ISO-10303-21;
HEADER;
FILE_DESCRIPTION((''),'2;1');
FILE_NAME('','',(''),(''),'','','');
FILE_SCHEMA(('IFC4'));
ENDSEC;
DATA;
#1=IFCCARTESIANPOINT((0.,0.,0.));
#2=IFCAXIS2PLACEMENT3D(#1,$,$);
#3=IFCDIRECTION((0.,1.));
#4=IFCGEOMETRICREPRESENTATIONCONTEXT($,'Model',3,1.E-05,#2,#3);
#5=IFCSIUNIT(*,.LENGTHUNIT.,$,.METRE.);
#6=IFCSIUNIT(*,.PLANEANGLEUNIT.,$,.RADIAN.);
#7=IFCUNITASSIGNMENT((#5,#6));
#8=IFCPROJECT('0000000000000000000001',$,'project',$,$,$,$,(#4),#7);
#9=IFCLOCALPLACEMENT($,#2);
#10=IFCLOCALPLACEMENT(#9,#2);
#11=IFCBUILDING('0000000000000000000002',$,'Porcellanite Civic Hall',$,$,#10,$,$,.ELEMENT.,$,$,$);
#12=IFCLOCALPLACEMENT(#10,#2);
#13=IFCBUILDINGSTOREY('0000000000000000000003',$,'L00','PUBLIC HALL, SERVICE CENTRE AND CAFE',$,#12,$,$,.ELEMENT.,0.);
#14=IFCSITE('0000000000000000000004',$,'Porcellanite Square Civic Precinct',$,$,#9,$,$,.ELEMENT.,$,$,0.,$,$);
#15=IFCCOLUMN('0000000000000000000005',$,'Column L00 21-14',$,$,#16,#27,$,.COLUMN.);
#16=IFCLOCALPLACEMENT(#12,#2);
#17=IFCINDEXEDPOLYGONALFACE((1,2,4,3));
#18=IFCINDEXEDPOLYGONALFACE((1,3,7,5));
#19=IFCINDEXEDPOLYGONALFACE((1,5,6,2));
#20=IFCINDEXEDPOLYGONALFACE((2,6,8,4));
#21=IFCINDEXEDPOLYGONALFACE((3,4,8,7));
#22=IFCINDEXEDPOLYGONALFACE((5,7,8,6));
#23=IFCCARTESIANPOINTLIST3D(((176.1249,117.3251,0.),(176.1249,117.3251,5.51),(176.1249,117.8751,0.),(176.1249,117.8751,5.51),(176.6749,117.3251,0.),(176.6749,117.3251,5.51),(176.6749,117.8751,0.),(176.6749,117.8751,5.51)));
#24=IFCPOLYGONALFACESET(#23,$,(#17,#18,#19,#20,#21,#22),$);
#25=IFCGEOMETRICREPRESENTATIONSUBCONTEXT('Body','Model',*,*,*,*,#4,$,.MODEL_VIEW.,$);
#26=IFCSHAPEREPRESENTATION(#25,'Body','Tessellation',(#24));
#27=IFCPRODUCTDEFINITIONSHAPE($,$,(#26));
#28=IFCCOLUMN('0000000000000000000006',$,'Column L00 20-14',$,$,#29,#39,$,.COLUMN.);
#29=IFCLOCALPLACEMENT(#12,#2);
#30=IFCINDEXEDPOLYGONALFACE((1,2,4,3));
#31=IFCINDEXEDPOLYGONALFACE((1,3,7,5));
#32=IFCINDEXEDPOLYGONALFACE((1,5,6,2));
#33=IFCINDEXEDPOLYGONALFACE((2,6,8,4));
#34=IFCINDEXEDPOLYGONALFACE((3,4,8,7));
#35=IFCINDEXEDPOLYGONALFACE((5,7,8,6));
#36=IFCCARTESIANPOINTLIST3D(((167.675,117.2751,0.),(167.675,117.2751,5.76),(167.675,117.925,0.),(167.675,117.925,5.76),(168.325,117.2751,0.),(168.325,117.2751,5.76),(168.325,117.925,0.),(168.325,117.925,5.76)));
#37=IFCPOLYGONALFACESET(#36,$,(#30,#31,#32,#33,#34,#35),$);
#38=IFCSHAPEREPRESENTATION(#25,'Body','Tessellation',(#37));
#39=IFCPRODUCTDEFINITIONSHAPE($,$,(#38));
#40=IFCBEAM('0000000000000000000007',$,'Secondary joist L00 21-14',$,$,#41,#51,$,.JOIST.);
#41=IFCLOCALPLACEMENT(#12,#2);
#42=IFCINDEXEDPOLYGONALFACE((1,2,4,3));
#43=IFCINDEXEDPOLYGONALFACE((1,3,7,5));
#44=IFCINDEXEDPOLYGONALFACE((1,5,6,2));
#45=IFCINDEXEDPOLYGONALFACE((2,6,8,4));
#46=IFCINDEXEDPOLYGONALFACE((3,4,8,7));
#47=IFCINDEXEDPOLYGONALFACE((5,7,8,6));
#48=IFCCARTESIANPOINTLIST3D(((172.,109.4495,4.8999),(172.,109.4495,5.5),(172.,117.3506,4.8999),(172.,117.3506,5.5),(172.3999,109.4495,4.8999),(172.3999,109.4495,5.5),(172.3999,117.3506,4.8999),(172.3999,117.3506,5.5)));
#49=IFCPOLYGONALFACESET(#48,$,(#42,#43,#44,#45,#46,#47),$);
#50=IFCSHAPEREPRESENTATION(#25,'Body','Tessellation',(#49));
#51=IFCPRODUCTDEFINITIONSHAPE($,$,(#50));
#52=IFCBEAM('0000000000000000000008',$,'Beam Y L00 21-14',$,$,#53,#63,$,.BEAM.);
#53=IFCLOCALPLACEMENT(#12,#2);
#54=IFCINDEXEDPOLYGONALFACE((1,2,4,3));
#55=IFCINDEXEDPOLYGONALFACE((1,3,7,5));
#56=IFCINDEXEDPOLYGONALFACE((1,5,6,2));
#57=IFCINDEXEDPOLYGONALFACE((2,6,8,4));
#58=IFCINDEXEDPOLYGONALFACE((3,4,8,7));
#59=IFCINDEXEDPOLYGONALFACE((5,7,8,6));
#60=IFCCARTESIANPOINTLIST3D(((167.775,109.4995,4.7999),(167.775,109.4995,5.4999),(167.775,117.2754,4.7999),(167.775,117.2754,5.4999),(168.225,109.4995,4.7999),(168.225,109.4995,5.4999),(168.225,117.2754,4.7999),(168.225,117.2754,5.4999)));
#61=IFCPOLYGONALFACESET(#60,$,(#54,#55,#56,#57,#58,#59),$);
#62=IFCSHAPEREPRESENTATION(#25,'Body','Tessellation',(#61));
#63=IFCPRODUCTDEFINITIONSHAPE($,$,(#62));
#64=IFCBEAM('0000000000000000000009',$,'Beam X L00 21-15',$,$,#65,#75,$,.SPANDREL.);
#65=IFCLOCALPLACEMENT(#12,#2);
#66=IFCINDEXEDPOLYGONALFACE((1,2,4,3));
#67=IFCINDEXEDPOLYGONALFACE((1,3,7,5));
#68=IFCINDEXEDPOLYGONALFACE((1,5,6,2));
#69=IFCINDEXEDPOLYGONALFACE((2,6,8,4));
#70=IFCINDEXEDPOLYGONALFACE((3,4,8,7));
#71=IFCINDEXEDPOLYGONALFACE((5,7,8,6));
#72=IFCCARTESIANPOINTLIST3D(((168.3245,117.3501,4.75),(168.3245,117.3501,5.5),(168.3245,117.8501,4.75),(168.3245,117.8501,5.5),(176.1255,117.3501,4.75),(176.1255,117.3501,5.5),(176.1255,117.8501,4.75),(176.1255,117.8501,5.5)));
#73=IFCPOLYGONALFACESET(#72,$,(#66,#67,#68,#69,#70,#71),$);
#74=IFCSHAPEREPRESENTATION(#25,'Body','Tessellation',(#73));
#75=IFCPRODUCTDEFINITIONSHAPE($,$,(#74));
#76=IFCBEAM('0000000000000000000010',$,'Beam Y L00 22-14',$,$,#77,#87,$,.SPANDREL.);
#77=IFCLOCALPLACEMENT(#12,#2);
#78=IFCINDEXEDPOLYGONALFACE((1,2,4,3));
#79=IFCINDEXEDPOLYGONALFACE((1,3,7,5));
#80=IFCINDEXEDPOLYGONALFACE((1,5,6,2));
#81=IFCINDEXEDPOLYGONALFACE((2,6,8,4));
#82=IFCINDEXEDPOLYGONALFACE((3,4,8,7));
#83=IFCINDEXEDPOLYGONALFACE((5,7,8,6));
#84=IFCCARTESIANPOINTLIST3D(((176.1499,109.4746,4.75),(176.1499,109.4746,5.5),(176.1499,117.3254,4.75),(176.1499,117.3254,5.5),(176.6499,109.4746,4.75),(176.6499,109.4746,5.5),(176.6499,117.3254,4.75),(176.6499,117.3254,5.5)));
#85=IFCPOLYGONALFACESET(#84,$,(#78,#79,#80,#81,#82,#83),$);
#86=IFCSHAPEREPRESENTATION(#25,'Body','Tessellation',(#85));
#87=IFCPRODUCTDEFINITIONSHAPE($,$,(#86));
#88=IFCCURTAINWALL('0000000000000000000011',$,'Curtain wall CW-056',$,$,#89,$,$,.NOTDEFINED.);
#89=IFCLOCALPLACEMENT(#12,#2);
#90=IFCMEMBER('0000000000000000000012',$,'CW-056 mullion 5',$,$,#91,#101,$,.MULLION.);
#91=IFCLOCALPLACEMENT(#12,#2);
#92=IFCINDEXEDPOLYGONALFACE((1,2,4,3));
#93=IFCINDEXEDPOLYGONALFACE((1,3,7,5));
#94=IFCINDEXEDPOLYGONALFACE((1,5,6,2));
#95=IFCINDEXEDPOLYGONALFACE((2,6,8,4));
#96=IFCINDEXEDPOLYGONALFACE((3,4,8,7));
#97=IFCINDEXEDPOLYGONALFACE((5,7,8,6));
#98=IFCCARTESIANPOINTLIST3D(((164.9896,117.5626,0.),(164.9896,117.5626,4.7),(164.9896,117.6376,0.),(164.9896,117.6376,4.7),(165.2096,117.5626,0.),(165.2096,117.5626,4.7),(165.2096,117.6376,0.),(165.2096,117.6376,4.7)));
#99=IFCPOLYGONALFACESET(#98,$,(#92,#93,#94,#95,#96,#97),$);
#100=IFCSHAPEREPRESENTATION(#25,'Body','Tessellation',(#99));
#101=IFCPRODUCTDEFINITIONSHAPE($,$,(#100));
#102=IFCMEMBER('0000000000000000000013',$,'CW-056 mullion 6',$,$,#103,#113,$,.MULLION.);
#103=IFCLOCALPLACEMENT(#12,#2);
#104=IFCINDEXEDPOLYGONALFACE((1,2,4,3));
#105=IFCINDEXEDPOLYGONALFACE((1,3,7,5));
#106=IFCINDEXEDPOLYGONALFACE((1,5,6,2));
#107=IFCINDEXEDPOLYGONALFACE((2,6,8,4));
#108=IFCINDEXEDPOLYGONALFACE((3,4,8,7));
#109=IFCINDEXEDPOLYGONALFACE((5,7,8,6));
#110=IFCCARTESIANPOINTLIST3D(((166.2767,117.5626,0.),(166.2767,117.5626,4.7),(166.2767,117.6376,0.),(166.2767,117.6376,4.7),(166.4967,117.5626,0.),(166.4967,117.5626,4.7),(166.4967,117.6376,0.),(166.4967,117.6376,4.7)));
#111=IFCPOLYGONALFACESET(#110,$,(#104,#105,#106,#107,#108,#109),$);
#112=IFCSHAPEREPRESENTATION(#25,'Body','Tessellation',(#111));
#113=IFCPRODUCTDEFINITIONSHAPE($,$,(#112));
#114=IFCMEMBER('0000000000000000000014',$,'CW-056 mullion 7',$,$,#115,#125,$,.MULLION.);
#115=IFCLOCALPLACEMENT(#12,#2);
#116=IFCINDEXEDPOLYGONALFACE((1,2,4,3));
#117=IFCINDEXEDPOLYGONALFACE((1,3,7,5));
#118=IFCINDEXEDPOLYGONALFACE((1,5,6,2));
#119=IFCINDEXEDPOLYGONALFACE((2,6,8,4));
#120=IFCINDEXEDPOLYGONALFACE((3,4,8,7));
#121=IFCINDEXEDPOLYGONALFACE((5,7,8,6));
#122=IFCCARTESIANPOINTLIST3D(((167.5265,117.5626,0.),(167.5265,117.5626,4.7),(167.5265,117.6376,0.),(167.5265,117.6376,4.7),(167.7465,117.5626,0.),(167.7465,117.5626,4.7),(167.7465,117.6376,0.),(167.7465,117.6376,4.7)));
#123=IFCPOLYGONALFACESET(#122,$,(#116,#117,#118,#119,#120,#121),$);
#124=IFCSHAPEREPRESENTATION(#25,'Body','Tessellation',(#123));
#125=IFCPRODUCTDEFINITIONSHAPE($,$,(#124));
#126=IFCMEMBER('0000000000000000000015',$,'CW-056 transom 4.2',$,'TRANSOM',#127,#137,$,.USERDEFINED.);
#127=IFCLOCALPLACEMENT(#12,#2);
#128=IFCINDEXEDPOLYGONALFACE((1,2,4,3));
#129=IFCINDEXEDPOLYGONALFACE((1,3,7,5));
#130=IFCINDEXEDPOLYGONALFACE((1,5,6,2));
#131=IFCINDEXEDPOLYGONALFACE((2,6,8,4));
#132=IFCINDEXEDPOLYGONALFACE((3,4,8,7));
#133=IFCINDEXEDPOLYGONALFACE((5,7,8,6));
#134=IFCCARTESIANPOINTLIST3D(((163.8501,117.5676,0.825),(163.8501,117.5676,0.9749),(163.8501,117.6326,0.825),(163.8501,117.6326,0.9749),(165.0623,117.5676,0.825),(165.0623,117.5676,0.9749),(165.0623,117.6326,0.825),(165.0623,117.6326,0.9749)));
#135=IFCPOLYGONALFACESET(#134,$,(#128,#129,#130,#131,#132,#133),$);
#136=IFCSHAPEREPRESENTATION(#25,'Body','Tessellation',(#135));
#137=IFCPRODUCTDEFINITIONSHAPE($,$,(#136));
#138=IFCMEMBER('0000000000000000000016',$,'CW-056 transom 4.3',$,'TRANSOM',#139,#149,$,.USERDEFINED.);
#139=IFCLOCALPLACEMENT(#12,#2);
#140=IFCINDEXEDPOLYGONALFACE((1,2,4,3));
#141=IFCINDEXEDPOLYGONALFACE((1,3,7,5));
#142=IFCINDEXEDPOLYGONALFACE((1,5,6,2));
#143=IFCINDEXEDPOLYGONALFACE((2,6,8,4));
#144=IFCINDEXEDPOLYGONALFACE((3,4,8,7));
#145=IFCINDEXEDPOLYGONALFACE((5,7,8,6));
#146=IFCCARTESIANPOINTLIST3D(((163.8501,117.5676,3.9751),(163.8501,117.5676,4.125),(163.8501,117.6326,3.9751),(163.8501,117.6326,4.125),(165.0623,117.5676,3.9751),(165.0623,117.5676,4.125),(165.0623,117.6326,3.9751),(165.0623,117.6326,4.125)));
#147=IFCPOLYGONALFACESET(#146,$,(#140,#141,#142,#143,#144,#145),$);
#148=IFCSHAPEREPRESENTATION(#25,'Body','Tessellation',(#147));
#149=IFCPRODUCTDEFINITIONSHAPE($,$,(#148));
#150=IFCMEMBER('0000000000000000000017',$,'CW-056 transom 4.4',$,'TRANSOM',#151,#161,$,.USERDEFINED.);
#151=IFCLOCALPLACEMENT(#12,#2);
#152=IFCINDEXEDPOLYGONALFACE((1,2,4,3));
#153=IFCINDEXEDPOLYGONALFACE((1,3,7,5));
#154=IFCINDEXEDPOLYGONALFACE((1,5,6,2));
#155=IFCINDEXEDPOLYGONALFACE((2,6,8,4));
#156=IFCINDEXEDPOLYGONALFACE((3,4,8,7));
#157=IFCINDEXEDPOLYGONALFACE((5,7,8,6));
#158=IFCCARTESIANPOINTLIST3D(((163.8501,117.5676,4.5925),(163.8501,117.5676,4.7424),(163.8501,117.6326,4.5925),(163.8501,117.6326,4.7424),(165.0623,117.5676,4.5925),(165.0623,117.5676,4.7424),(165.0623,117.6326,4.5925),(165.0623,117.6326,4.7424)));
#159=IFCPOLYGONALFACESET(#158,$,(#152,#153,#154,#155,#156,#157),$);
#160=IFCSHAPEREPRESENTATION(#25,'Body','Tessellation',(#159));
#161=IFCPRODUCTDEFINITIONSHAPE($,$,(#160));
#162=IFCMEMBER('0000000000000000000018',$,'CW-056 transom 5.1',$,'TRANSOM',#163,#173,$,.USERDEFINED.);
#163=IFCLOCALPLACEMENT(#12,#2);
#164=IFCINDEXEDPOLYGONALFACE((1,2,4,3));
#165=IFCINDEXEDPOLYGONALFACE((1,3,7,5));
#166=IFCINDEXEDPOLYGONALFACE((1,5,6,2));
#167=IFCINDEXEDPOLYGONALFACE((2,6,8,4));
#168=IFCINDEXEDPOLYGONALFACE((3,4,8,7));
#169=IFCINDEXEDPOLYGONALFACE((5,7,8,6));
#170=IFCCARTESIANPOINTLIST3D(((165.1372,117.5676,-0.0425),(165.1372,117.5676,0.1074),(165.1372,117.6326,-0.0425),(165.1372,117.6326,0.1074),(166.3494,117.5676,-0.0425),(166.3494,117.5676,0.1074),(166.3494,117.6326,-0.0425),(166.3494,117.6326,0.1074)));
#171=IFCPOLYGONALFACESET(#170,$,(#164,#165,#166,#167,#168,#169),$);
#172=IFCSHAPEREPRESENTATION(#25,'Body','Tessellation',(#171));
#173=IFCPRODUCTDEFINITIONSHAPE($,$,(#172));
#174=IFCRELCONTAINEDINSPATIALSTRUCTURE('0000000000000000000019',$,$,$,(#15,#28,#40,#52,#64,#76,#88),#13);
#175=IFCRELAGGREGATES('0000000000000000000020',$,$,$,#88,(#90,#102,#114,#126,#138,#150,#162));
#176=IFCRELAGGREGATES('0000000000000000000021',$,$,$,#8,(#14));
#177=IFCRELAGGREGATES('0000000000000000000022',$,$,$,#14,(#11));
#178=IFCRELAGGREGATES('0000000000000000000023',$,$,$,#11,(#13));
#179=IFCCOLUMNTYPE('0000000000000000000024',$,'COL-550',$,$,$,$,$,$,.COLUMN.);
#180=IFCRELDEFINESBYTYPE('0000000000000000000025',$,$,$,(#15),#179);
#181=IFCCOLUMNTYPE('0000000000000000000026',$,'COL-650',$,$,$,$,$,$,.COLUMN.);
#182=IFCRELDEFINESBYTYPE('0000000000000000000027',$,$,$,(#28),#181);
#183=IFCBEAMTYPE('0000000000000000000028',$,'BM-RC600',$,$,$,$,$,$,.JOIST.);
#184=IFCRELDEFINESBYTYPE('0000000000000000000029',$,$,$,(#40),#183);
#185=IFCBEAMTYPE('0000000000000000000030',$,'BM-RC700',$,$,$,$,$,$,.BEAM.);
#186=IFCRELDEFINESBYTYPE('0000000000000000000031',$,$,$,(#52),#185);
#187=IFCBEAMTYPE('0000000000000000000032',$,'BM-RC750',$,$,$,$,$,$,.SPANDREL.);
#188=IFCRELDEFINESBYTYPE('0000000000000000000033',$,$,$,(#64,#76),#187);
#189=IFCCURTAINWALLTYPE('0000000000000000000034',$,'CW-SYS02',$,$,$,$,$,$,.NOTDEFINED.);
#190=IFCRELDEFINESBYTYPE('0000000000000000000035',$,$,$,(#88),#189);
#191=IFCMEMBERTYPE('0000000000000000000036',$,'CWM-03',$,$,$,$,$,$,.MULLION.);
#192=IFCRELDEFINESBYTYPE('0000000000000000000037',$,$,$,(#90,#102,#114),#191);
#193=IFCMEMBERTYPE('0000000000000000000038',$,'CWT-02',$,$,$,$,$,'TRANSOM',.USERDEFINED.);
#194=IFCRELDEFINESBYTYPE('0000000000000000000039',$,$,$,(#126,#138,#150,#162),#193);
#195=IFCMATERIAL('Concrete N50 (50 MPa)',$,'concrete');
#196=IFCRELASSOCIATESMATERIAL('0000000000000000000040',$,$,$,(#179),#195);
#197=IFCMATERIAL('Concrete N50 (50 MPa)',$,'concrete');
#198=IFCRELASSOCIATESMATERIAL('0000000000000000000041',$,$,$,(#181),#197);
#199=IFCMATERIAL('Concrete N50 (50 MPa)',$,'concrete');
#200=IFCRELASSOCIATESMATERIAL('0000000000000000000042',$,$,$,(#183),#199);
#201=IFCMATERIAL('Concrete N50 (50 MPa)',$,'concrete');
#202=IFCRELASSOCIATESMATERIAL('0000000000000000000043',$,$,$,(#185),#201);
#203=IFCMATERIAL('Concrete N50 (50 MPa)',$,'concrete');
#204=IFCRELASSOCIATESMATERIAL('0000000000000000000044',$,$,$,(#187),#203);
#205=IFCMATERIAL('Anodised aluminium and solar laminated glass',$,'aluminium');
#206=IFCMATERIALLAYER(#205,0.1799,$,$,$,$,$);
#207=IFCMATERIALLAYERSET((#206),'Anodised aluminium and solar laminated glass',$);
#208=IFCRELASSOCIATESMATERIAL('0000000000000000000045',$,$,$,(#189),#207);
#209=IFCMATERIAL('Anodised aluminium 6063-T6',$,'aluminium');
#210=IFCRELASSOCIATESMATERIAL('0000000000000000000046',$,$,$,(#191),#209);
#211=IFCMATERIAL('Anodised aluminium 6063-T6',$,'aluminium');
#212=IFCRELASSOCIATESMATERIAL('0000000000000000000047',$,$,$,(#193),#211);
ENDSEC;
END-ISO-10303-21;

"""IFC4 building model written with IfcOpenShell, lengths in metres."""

from ifc_helpers import new_model, si_unit, direction, frame, origin, origin_2d, place, context, subcontext, project, spatial, rectangle, extrude, material, layer, layer_set, material_profile, profile_set, type_object, element, aggregate, save


model = new_model("IFC4")

# Units and contexts
model_context = context("Model", 3, precision=1e-05, world=origin(), true_north=direction((0.0, 1.0)))
body_context = subcontext(model_context, "Body", "Model", "MODEL_VIEW")
ifc_project = project(units=[si_unit("LENGTHUNIT", "METRE"), si_unit("PLANEANGLEUNIT", "RADIAN")], contexts=[model_context])

# Site, building, storey
site_placement = place(None, origin())
site = spatial("IfcSite", under=ifc_project, at=site_placement, Name="Porcellanite Square Civic Precinct", CompositionType="ELEMENT", RefElevation=0.0)
building_placement = place(site_placement, origin())
building = spatial("IfcBuilding", under=site, at=building_placement, Name="Porcellanite Civic Hall", CompositionType="ELEMENT")
storey_placement = place(building_placement, origin())
storey = spatial("IfcBuildingStorey", under=building, at=storey_placement, Name="L00", Description="PUBLIC HALL, SERVICE CENTRE AND CAFE", CompositionType="ELEMENT", Elevation=0.0)

# Columns
ifc_material_1 = material(Name="Concrete N50 (50 MPa)", Category="concrete")
ifc_material_profile_1 = material_profile(ifc_material_1, rectangle(XDim=0.55, YDim=0.55, at=origin_2d()), Name="RC-550x550")
ifc_profile_set_1 = profile_set([ifc_material_profile_1], Name="Concrete N50 (50 MPa)")
column_type_1 = type_object("IfcColumnType", Name="COL-550", PredefinedType="COLUMN", material=ifc_profile_set_1)
column_1_placement = place(storey_placement, frame((176.3999, 117.6001, 0.0), z_axis=(0.0, 0.0, 1.0), x_axis=(1.0, 0.0, 0.0)))
element("IfcColumn", 1, at=column_1_placement, inside=storey, type_object=column_type_1, Name="Column L00 21-14", PredefinedType="COLUMN", context=body_context, shape_type="SweptSolid", body=[
    extrude(rectangle(XDim=0.55, YDim=0.55, at=origin_2d()), origin(), (0.0, 0.0, 1.0), 5.51),
])
ifc_material_2 = material(Name="Concrete N50 (50 MPa)", Category="concrete")
ifc_material_profile_2 = material_profile(ifc_material_2, rectangle(XDim=0.6499, YDim=0.6499, at=origin_2d()), Name="RC-650x650")
ifc_profile_set_2 = profile_set([ifc_material_profile_2], Name="Concrete N50 (50 MPa)")
column_type_2 = type_object("IfcColumnType", Name="COL-650", PredefinedType="COLUMN", material=ifc_profile_set_2)
column_2_placement = place(storey_placement, frame((168.0, 117.6001, 0.0), z_axis=(0.0, 0.0, 1.0), x_axis=(1.0, 0.0, 0.0)))
element("IfcColumn", 2, at=column_2_placement, inside=storey, type_object=column_type_2, Name="Column L00 20-14", PredefinedType="COLUMN", context=body_context, shape_type="SweptSolid", body=[
    extrude(rectangle(XDim=0.6499, YDim=0.6499, at=origin_2d()), origin(), (0.0, 0.0, 1.0), 5.76),
])

# Beams
ifc_material_3 = material(Name="Concrete N50 (50 MPa)", Category="concrete")
ifc_material_profile_3 = material_profile(ifc_material_3, rectangle(XDim=0.3999, YDim=0.6001, at=origin_2d()), Name="RC-400x600")
ifc_profile_set_3 = profile_set([ifc_material_profile_3], Name="Concrete N50 (50 MPa)")
beam_type_1 = type_object("IfcBeamType", Name="BM-RC600", PredefinedType="JOIST", material=ifc_profile_set_3)
beam_1_placement = place(storey_placement, frame((172.2, 109.4495, 5.2), z_axis=(0.0, 1.0, 0.0), x_axis=(-1.0, 0.0, 0.0)))
element("IfcBeam", 3, at=beam_1_placement, inside=storey, type_object=beam_type_1, Name="Secondary joist L00 21-14", PredefinedType="JOIST", context=body_context, shape_type="SweptSolid", body=[
    extrude(rectangle(XDim=0.3999, YDim=0.6001, at=origin_2d()), origin(), (0.0, 0.0, 1.0), 7.9011),
])
ifc_material_4 = material(Name="Concrete N50 (50 MPa)", Category="concrete")
ifc_material_profile_4 = material_profile(ifc_material_4, rectangle(XDim=0.45, YDim=0.7, at=origin_2d()), Name="RC-450x700")
ifc_profile_set_4 = profile_set([ifc_material_profile_4], Name="Concrete N50 (50 MPa)")
beam_type_2 = type_object("IfcBeamType", Name="BM-RC700", PredefinedType="BEAM", material=ifc_profile_set_4)
beam_2_placement = place(storey_placement, frame((168.0, 109.4995, 5.1499), z_axis=(0.0, 1.0, 0.0), x_axis=(-1.0, 0.0, 0.0)))
element("IfcBeam", 4, at=beam_2_placement, inside=storey, type_object=beam_type_2, Name="Beam Y L00 21-14", PredefinedType="BEAM", context=body_context, shape_type="SweptSolid", body=[
    extrude(rectangle(XDim=0.45, YDim=0.7, at=origin_2d()), origin(), (0.0, 0.0, 1.0), 7.7759),
])
ifc_material_5 = material(Name="Concrete N50 (50 MPa)", Category="concrete")
ifc_material_profile_5 = material_profile(ifc_material_5, rectangle(XDim=0.5, YDim=0.75, at=origin_2d()), Name="RC-500x750")
ifc_profile_set_5 = profile_set([ifc_material_profile_5], Name="Concrete N50 (50 MPa)")
beam_type_3 = type_object("IfcBeamType", Name="BM-RC750", PredefinedType="SPANDREL", material=ifc_profile_set_5)
beam_3_placement = place(storey_placement, frame((168.3245, 117.6001, 5.125), z_axis=(1.0, 0.0, 0.0), x_axis=(0.0, 1.0, 0.0)))
element("IfcBeam", 5, at=beam_3_placement, inside=storey, type_object=beam_type_3, Name="Beam X L00 21-15", PredefinedType="SPANDREL", context=body_context, shape_type="SweptSolid", body=[
    extrude(rectangle(XDim=0.5, YDim=0.75, at=origin_2d()), origin(), (0.0, 0.0, 1.0), 7.801),
])
beam_4_placement = place(storey_placement, frame((176.3999, 109.4746, 5.125), z_axis=(0.0, 1.0, 0.0), x_axis=(-1.0, 0.0, 0.0)))
element("IfcBeam", 6, at=beam_4_placement, inside=storey, type_object=beam_type_3, Name="Beam Y L00 22-14", PredefinedType="SPANDREL", context=body_context, shape_type="SweptSolid", body=[
    extrude(rectangle(XDim=0.5, YDim=0.75, at=origin_2d()), origin(), (0.0, 0.0, 1.0), 7.8508),
])

# Curtain wall, members
ifc_material_6 = material(Name="Anodised aluminium and solar laminated glass", Category="aluminium")
ifc_layer_1 = layer(ifc_material_6, 0.1799)
ifc_layer_set_1 = layer_set([ifc_layer_1], Name="Anodised aluminium and solar laminated glass")
curtain_wall_type = type_object("IfcCurtainWallType", Name="CW-SYS02", PredefinedType="NOTDEFINED", material=ifc_layer_set_1)
curtain_wall_placement = place(storey_placement, origin())
curtain_wall = element("IfcCurtainWall", 7, at=curtain_wall_placement, inside=storey, type_object=curtain_wall_type, Name="Curtain wall CW-056", PredefinedType="NOTDEFINED")
ifc_material_7 = material(Name="Anodised aluminium 6063-T6", Category="aluminium")
ifc_material_profile_6 = material_profile(ifc_material_7, rectangle(XDim=0.075, YDim=0.22, at=origin_2d()), Name="AL-75x220")
ifc_profile_set_6 = profile_set([ifc_material_profile_6], Name="Anodised aluminium 6063-T6")
member_type_1 = type_object("IfcMemberType", Name="CWM-03", PredefinedType="MULLION", material=ifc_profile_set_6)
member_1_placement = place(storey_placement, frame((165.0996, 117.6001, 0.0), z_axis=(0.0, 0.0, 1.0), x_axis=(0.0, 1.0, 0.0)))
member_1 = element("IfcMember", 8, at=member_1_placement, type_object=member_type_1, Name="CW-056 mullion 5", PredefinedType="MULLION", context=body_context, shape_type="SweptSolid", body=[
    extrude(rectangle(XDim=0.075, YDim=0.22, at=origin_2d()), origin(), (0.0, 0.0, 1.0), 4.7),
])
member_2_placement = place(storey_placement, frame((166.3867, 117.6001, 0.0), z_axis=(0.0, 0.0, 1.0), x_axis=(0.0, 1.0, 0.0)))
member_2 = element("IfcMember", 9, at=member_2_placement, type_object=member_type_1, Name="CW-056 mullion 6", PredefinedType="MULLION", context=body_context, shape_type="SweptSolid", body=[
    extrude(rectangle(XDim=0.075, YDim=0.22, at=origin_2d()), origin(), (0.0, 0.0, 1.0), 4.7),
])
member_3_placement = place(storey_placement, frame((167.6365, 117.6001, 0.0), z_axis=(0.0, 0.0, 1.0), x_axis=(0.0, 1.0, 0.0)))
member_3 = element("IfcMember", 10, at=member_3_placement, type_object=member_type_1, Name="CW-056 mullion 7", PredefinedType="MULLION", context=body_context, shape_type="SweptSolid", body=[
    extrude(rectangle(XDim=0.075, YDim=0.22, at=origin_2d()), origin(), (0.0, 0.0, 1.0), 4.7),
])
ifc_material_8 = material(Name="Anodised aluminium 6063-T6", Category="aluminium")
ifc_material_profile_7 = material_profile(ifc_material_8, rectangle(XDim=0.0649, YDim=0.1499, at=origin_2d()), Name="AL-65x150")
ifc_profile_set_7 = profile_set([ifc_material_profile_7], Name="Anodised aluminium 6063-T6")
member_type_2 = type_object("IfcMemberType", Name="CWT-02", ElementType="TRANSOM", PredefinedType="USERDEFINED", material=ifc_profile_set_7)
member_4_placement = place(storey_placement, frame((163.8501, 117.6001, 0.8999), z_axis=(1.0, 0.0, 0.0), x_axis=(0.0, 1.0, 0.0)))
member_4 = element("IfcMember", 11, at=member_4_placement, type_object=member_type_2, Name="CW-056 transom 4.2", ObjectType="TRANSOM", PredefinedType="USERDEFINED", context=body_context, shape_type="SweptSolid", body=[
    extrude(rectangle(XDim=0.0649, YDim=0.1499, at=origin_2d()), origin(), (0.0, 0.0, 1.0), 1.2122),
])
member_5_placement = place(storey_placement, frame((163.8501, 117.6001, 4.05), z_axis=(1.0, 0.0, 0.0), x_axis=(0.0, 1.0, 0.0)))
member_5 = element("IfcMember", 12, at=member_5_placement, type_object=member_type_2, Name="CW-056 transom 4.3", ObjectType="TRANSOM", PredefinedType="USERDEFINED", context=body_context, shape_type="SweptSolid", body=[
    extrude(rectangle(XDim=0.0649, YDim=0.1499, at=origin_2d()), origin(), (0.0, 0.0, 1.0), 1.2122),
])
member_6_placement = place(storey_placement, frame((163.8501, 117.6001, 4.6675), z_axis=(1.0, 0.0, 0.0), x_axis=(0.0, 1.0, 0.0)))
member_6 = element("IfcMember", 13, at=member_6_placement, type_object=member_type_2, Name="CW-056 transom 4.4", ObjectType="TRANSOM", PredefinedType="USERDEFINED", context=body_context, shape_type="SweptSolid", body=[
    extrude(rectangle(XDim=0.0649, YDim=0.1499, at=origin_2d()), origin(), (0.0, 0.0, 1.0), 1.2122),
])
member_7_placement = place(storey_placement, frame((165.1372, 117.6001, 0.0325), z_axis=(1.0, 0.0, 0.0), x_axis=(0.0, 1.0, 0.0)))
member_7 = element("IfcMember", 14, at=member_7_placement, type_object=member_type_2, Name="CW-056 transom 5.1", ObjectType="TRANSOM", PredefinedType="USERDEFINED", context=body_context, shape_type="SweptSolid", body=[
    extrude(rectangle(XDim=0.0649, YDim=0.1499, at=origin_2d()), origin(), (0.0, 0.0, 1.0), 1.2122),
])
aggregate(curtain_wall, [member_1, member_2, member_3, member_4, member_5, member_6, member_7])

save(model, "model.ifc")
